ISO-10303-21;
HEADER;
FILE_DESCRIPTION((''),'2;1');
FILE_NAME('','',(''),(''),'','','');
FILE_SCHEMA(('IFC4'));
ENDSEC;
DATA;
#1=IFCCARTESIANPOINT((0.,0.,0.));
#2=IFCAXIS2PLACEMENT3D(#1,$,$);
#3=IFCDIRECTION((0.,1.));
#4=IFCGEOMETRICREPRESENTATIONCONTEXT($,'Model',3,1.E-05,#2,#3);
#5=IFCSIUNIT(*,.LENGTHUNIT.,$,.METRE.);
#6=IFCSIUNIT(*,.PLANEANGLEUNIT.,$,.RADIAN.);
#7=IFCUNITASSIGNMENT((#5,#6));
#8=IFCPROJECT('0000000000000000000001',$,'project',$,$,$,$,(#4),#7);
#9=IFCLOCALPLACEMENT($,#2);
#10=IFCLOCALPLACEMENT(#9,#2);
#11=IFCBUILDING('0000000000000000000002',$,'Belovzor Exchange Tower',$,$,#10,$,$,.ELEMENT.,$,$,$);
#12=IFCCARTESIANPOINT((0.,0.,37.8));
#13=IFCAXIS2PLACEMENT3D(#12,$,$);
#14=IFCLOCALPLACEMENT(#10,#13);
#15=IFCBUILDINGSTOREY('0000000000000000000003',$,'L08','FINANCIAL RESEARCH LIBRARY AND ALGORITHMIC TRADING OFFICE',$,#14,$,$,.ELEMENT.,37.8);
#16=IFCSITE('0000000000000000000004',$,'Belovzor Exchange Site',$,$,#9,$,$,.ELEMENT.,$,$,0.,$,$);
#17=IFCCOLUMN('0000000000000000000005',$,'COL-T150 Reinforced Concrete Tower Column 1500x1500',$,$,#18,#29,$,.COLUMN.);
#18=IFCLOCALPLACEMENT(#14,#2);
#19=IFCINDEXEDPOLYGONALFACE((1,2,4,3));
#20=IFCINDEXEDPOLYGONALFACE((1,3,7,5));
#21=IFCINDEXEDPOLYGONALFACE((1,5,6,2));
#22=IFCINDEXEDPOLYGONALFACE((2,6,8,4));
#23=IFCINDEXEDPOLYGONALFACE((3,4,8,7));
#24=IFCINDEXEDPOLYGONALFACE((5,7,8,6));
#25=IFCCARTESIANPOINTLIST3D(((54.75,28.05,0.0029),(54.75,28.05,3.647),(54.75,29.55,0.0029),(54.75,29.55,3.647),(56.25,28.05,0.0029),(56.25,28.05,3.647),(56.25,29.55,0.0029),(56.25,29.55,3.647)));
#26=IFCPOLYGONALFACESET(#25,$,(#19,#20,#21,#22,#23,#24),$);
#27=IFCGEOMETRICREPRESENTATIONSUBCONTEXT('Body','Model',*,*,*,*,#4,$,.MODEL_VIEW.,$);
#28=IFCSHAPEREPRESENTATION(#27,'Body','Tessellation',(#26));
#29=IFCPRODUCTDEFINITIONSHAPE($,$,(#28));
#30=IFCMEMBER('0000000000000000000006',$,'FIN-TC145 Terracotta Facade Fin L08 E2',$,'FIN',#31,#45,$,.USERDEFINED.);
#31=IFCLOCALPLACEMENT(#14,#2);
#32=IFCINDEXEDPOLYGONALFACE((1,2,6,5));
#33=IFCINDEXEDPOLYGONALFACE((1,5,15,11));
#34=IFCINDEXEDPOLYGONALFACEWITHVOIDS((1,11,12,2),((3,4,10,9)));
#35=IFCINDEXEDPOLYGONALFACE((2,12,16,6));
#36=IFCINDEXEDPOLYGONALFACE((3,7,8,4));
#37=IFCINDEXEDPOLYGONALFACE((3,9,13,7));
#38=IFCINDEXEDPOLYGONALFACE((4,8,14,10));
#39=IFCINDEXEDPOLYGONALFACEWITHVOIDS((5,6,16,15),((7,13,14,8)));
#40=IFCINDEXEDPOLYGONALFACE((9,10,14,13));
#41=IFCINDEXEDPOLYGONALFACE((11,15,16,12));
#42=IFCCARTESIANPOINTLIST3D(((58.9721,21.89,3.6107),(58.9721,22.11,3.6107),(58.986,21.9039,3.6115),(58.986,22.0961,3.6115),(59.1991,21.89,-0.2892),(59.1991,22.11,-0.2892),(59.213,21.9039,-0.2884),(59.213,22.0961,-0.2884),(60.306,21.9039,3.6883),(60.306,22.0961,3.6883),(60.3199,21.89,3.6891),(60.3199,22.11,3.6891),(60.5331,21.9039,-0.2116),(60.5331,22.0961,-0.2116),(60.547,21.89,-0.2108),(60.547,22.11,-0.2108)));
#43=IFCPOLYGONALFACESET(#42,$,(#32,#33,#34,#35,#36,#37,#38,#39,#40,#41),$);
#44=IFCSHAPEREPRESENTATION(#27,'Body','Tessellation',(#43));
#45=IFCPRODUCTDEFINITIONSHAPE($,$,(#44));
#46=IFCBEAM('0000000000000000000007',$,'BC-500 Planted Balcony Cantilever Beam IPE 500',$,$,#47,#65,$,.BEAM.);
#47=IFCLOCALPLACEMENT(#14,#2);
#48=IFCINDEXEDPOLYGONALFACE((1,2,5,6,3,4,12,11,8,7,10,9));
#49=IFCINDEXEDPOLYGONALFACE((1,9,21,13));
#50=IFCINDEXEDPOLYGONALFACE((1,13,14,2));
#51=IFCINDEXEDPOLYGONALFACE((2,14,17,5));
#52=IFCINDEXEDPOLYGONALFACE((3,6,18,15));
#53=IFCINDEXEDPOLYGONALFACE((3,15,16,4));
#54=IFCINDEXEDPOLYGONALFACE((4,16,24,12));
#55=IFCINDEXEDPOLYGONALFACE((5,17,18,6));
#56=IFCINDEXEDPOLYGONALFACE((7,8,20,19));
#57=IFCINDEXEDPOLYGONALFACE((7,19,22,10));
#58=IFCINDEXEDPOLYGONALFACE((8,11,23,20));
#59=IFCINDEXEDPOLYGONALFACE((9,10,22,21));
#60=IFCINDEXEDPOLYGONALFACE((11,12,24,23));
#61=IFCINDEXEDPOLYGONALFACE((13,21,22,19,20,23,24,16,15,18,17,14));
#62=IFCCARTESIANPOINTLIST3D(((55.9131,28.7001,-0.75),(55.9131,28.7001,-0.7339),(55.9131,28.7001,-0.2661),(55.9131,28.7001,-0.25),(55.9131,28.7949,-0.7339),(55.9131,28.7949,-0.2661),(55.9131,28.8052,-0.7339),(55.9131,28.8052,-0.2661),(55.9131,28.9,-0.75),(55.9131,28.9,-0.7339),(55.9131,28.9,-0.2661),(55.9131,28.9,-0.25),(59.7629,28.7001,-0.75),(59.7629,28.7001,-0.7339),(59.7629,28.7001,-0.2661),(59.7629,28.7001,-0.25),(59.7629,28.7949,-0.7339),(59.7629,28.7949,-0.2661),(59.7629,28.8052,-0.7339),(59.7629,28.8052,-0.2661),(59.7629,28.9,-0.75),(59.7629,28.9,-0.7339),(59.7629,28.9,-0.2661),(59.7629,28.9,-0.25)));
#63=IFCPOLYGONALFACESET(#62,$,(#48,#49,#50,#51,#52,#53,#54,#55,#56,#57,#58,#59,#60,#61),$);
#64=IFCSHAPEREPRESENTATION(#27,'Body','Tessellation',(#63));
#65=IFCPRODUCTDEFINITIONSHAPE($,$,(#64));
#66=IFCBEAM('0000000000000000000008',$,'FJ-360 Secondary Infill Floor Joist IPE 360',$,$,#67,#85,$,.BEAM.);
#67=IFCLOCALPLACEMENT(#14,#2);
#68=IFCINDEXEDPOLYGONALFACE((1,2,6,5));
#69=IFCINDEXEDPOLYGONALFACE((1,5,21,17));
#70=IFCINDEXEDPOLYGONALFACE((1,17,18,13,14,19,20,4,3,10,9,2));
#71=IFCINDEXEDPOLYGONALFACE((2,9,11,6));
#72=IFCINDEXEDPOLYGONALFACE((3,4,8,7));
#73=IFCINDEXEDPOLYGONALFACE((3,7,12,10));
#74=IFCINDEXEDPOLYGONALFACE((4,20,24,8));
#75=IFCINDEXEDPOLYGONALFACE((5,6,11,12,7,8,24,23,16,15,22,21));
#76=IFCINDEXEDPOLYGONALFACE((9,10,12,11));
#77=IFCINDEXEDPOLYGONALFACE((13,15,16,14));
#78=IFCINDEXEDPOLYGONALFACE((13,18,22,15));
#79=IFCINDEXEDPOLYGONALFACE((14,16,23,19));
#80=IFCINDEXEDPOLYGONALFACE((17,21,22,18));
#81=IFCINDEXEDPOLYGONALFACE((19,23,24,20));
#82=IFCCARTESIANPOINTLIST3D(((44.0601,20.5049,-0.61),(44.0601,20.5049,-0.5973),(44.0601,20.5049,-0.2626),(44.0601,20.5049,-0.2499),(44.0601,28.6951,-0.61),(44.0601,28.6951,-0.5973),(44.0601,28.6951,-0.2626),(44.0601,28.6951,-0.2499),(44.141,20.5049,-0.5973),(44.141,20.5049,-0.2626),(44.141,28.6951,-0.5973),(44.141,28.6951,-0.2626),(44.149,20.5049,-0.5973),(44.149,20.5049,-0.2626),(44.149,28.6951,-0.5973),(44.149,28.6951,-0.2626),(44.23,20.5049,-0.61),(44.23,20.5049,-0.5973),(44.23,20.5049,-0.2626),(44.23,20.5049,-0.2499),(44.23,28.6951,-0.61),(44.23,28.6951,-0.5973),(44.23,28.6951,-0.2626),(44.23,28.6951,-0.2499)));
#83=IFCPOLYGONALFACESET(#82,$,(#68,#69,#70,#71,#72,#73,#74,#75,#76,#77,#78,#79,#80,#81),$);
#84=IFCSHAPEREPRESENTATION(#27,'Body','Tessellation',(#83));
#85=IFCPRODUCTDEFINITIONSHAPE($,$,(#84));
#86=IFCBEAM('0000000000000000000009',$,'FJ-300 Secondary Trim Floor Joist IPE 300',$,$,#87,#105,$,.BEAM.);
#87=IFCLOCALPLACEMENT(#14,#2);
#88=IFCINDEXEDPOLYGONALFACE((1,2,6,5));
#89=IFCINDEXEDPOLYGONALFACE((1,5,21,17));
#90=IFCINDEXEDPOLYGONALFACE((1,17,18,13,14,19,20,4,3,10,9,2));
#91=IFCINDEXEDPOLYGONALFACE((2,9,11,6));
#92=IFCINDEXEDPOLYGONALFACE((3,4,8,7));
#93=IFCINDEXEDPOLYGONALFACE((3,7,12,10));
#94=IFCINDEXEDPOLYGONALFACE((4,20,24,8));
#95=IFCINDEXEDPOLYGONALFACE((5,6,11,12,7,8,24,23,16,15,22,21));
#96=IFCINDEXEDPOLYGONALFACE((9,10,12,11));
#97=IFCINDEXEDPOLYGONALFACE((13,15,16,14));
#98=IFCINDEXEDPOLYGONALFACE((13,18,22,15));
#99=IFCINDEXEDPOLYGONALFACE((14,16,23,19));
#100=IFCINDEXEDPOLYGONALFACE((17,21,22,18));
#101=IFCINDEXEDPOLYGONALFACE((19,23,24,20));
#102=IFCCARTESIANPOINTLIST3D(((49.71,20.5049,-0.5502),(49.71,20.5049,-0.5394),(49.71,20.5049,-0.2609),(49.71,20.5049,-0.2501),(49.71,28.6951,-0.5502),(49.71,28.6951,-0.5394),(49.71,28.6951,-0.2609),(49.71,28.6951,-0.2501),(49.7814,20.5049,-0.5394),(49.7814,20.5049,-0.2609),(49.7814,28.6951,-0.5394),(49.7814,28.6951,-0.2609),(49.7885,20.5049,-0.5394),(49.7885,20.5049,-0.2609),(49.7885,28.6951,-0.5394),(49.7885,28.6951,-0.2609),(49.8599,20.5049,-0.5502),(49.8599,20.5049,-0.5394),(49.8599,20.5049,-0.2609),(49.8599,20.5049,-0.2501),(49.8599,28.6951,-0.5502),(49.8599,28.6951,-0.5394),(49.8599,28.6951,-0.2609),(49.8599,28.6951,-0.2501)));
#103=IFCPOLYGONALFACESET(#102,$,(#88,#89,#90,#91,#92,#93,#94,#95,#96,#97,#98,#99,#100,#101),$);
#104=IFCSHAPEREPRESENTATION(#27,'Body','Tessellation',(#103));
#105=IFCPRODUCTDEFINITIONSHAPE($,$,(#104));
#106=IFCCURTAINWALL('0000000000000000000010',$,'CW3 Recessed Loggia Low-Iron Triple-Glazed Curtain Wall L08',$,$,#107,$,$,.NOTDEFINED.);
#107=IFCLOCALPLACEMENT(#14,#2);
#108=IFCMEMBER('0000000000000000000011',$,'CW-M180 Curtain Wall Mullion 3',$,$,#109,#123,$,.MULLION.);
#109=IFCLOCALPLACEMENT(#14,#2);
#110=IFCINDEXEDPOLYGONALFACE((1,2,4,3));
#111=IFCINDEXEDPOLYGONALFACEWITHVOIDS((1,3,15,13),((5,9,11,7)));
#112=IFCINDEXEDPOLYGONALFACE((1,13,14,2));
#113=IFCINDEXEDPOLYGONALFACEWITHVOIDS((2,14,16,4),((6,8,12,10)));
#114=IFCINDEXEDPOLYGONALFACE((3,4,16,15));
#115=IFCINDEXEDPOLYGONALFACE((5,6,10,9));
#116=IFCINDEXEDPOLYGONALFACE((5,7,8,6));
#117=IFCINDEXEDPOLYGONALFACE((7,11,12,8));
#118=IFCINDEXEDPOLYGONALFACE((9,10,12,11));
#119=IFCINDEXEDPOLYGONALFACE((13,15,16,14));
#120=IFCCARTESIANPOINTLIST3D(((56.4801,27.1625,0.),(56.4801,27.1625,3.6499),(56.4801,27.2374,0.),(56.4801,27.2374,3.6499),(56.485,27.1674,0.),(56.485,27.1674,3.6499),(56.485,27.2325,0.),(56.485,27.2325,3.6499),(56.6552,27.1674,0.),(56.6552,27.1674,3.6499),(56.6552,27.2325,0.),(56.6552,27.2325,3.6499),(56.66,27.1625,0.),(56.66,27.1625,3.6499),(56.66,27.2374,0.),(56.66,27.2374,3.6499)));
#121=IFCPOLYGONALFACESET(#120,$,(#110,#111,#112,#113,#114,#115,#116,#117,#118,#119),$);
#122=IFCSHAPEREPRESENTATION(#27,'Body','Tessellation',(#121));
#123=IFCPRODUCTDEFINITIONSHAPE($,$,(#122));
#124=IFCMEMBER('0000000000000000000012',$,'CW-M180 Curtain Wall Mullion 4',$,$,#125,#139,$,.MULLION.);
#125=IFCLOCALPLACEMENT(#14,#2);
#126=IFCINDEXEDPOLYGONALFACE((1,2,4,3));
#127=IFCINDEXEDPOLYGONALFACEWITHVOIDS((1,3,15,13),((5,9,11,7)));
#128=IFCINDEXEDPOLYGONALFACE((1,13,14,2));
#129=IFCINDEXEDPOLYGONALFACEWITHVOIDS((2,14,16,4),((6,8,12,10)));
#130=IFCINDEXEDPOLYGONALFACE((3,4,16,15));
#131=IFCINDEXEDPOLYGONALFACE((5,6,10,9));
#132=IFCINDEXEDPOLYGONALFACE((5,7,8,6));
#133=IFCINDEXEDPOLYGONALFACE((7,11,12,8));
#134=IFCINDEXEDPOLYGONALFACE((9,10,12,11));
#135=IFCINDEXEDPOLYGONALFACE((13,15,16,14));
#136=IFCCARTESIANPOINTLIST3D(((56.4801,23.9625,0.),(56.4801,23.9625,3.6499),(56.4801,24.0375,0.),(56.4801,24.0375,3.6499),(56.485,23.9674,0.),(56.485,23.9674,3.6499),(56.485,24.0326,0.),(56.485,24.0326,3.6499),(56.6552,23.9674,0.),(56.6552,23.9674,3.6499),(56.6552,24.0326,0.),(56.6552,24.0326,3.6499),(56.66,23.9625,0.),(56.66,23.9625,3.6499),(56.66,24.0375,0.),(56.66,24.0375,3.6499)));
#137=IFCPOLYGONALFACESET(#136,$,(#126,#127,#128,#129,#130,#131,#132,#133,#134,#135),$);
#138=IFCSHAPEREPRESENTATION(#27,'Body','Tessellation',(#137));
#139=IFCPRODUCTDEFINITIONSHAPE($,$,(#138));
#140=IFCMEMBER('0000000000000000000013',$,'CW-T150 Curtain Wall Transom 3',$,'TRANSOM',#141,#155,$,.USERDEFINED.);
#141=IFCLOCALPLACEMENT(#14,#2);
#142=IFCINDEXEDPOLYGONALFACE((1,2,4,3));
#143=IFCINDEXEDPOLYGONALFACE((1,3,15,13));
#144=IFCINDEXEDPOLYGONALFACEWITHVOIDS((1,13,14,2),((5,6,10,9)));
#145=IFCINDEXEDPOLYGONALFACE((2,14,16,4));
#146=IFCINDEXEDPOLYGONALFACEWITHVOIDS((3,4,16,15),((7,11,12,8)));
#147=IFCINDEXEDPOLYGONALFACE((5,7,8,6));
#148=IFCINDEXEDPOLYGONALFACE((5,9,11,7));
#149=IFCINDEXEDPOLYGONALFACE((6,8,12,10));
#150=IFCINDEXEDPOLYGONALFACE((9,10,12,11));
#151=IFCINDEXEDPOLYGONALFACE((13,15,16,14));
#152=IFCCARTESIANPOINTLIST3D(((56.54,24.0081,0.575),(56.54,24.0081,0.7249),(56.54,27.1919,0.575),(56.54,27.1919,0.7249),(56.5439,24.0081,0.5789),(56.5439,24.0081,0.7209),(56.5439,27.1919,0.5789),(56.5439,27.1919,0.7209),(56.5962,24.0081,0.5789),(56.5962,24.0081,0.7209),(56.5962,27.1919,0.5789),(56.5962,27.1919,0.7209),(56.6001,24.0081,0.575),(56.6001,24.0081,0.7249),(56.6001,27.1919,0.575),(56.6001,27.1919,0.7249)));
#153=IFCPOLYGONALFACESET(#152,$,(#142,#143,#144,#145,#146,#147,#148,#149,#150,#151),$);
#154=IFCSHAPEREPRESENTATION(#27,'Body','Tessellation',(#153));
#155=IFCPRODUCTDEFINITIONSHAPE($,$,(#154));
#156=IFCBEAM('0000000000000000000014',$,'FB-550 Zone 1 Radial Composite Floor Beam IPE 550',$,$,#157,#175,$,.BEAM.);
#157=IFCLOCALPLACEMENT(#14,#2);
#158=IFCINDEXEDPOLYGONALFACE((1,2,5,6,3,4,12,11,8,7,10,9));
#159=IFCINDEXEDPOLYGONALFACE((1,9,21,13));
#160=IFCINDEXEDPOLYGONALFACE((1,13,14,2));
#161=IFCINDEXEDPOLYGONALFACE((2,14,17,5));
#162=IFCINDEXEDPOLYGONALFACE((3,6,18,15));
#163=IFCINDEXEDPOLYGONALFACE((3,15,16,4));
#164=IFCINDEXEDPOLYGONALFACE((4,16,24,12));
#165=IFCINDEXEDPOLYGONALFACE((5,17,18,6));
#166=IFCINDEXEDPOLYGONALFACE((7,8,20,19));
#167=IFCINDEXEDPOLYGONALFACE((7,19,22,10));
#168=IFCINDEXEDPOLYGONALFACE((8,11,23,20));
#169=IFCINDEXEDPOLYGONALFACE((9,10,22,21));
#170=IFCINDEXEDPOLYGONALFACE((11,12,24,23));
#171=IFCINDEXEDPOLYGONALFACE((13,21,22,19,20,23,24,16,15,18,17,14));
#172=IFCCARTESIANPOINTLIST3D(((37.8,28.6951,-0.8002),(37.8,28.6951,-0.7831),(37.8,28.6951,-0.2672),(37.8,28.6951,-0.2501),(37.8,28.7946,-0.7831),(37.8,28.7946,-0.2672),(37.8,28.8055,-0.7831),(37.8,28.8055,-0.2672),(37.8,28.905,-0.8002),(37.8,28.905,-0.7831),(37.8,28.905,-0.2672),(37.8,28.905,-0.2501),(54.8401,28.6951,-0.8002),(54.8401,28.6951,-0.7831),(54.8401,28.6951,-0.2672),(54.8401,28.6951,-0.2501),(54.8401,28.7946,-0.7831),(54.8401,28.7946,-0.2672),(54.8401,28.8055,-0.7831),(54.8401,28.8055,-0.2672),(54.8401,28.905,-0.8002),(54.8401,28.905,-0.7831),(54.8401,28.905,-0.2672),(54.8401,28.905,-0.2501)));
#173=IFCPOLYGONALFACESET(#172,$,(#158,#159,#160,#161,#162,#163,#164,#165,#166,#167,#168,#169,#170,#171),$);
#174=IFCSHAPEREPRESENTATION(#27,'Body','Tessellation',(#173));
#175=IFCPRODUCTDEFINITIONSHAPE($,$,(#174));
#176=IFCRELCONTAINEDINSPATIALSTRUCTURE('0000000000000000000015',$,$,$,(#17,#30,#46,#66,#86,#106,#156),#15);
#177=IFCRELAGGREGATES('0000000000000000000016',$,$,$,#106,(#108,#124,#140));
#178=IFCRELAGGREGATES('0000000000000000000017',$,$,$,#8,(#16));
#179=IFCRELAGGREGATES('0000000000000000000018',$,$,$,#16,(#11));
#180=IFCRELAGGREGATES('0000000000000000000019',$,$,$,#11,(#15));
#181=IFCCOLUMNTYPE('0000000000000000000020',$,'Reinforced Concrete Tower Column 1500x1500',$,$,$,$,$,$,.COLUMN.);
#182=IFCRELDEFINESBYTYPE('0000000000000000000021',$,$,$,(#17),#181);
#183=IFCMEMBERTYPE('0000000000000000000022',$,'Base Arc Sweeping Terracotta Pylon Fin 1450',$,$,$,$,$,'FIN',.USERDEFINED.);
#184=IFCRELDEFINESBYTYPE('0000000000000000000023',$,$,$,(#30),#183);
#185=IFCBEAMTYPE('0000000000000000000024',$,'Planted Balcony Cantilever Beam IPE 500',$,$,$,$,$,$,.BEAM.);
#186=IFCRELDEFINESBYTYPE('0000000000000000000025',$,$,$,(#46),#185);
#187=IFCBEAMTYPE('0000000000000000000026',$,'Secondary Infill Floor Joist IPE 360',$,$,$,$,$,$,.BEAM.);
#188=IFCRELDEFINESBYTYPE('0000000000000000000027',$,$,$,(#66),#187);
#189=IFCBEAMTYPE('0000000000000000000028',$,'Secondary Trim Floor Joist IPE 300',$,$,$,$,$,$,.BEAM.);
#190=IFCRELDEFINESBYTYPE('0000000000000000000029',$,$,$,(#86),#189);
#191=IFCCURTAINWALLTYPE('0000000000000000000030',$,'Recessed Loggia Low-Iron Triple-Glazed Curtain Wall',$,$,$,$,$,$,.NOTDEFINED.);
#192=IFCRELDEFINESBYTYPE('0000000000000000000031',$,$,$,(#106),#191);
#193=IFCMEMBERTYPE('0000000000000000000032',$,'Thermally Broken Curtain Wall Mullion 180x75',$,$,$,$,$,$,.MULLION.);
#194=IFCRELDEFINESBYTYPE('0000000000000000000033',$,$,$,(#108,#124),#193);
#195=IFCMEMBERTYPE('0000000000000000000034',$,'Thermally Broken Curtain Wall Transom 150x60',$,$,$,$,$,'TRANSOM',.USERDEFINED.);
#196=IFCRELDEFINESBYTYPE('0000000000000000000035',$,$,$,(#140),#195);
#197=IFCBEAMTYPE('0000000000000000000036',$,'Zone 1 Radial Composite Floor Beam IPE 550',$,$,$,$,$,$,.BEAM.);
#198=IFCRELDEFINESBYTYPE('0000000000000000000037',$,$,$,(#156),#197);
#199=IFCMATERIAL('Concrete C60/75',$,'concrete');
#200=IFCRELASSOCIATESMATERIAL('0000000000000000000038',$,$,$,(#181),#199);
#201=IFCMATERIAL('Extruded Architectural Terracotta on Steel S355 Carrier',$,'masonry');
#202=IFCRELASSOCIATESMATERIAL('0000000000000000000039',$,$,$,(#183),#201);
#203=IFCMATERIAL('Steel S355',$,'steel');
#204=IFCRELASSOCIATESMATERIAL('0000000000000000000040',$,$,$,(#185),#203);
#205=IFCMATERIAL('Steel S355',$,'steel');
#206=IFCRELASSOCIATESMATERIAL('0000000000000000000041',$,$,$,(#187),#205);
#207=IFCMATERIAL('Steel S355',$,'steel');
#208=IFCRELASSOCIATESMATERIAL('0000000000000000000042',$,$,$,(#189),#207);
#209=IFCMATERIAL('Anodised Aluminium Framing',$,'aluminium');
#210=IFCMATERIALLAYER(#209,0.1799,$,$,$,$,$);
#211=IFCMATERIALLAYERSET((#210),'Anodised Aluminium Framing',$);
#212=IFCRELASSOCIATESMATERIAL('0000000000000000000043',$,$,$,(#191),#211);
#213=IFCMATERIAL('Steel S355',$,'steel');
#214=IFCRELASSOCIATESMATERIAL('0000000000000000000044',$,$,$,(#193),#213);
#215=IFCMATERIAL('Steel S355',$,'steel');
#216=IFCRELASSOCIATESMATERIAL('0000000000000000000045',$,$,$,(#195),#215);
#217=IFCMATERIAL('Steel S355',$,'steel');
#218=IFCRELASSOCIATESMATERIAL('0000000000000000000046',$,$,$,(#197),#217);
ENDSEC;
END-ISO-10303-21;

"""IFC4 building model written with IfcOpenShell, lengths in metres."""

from ifc_helpers import new_model, si_unit, direction, frame, origin, origin_2d, place, context, subcontext, project, spatial, rectangle, hollow_rectangle, i_section, extrude, material, layer, layer_set, material_profile, profile_set, type_object, element, aggregate, save


model = new_model("IFC4")

# Units and contexts
model_context = context("Model", 3, precision=1e-05, world=origin(), true_north=direction((0.0, 1.0)))
body_context = subcontext(model_context, "Body", "Model", "MODEL_VIEW")
ifc_project = project(units=[si_unit("LENGTHUNIT", "METRE"), si_unit("PLANEANGLEUNIT", "RADIAN")], contexts=[model_context])

# Site, building, storey
site_placement = place(None, origin())
site = spatial("IfcSite", under=ifc_project, at=site_placement, Name="Belovzor Exchange Site", CompositionType="ELEMENT", RefElevation=0.0)
building_placement = place(site_placement, origin())
building = spatial("IfcBuilding", under=site, at=building_placement, Name="Belovzor Exchange Tower", CompositionType="ELEMENT")
storey_placement = place(building_placement, frame((0.0, 0.0, 37.8)))
storey = spatial("IfcBuildingStorey", under=building, at=storey_placement, Name="L08", Description="FINANCIAL RESEARCH LIBRARY AND ALGORITHMIC TRADING OFFICE", CompositionType="ELEMENT", Elevation=37.8)

# Column
ifc_material_1 = material(Name="Concrete C60/75", Category="concrete")
ifc_material_profile_1 = material_profile(ifc_material_1, rectangle(XDim=1.5, YDim=1.5, at=origin_2d()))
ifc_profile_set_1 = profile_set([ifc_material_profile_1], Name="Concrete C60/75")
column_type = type_object("IfcColumnType", Name="Reinforced Concrete Tower Column 1500x1500", PredefinedType="COLUMN", material=ifc_profile_set_1)
column_placement = place(storey_placement, frame((55.5, 28.8, 0.0029), z_axis=(0.0, 0.0, 1.0), x_axis=(1.0, 0.0, 0.0)))
element("IfcColumn", 1, at=column_placement, inside=storey, type_object=column_type, Name="COL-T150 Reinforced Concrete Tower Column 1500x1500", PredefinedType="COLUMN", context=body_context, shape_type="SweptSolid", body=[
    extrude(rectangle(XDim=1.5, YDim=1.5, at=origin_2d()), origin(), (0.0, 0.0, 1.0), 3.644),
])

# Member
ifc_material_2 = material(Name="Extruded Architectural Terracotta on Steel S355 Carrier", Category="masonry")
ifc_material_profile_2 = material_profile(ifc_material_2, hollow_rectangle(XDim=0.22, YDim=1.3501, WallThickness=0.0139, at=origin_2d()))
ifc_profile_set_2 = profile_set([ifc_material_profile_2], Name="Extruded Architectural Terracotta on Steel S355 Carrier")
member_type_1 = type_object("IfcMemberType", Name="Base Arc Sweeping Terracotta Pylon Fin 1450", ElementType="FIN", PredefinedType="USERDEFINED", material=ifc_profile_set_2)
member_1_placement = place(storey_placement, frame((59.873, 22.0, -0.25), z_axis=(-0.058121, 0.0, 0.99831), x_axis=(0.0, -1.0, 0.0)))
element("IfcMember", 2, at=member_1_placement, inside=storey, type_object=member_type_1, Name="FIN-TC145 Terracotta Facade Fin L08 E2", ObjectType="FIN", PredefinedType="USERDEFINED", context=body_context, shape_type="SweptSolid", body=[
    extrude(hollow_rectangle(XDim=0.22, YDim=1.3501, WallThickness=0.0139, at=origin_2d()), origin(), (0.0, 0.0, 1.0), 3.9065),
])

# Beams
ifc_material_3 = material(Name="Steel S355", Category="steel")
ifc_material_profile_3 = material_profile(ifc_material_3, i_section(OverallWidth=0.2, OverallDepth=0.5, WebThickness=0.0103, FlangeThickness=0.0161, at=origin_2d()))
ifc_profile_set_3 = profile_set([ifc_material_profile_3], Name="Steel S355")
beam_type_1 = type_object("IfcBeamType", Name="Planted Balcony Cantilever Beam IPE 500", PredefinedType="BEAM", material=ifc_profile_set_3)
beam_1_placement = place(storey_placement, frame((55.9131, 28.8, -0.5), z_axis=(1.0, 0.0, 0.0), x_axis=(0.0, 1.0, 0.0)))
element("IfcBeam", 3, at=beam_1_placement, inside=storey, type_object=beam_type_1, Name="BC-500 Planted Balcony Cantilever Beam IPE 500", PredefinedType="BEAM", context=body_context, shape_type="SweptSolid", body=[
    extrude(i_section(OverallWidth=0.2, OverallDepth=0.5, WebThickness=0.0103, FlangeThickness=0.0161, at=origin_2d()), origin(), (0.0, 0.0, 1.0), 3.8499),
])
ifc_material_4 = material(Name="Steel S355", Category="steel")
ifc_material_profile_4 = material_profile(ifc_material_4, i_section(OverallWidth=0.1699, OverallDepth=0.3601, WebThickness=0.0081, FlangeThickness=0.0127, at=origin_2d()))
ifc_profile_set_4 = profile_set([ifc_material_profile_4], Name="Steel S355")
beam_type_2 = type_object("IfcBeamType", Name="Secondary Infill Floor Joist IPE 360", PredefinedType="BEAM", material=ifc_profile_set_4)
beam_2_placement = place(storey_placement, frame((44.145, 20.5049, -0.4299), z_axis=(0.0, 1.0, 0.0), x_axis=(-1.0, 0.0, 0.0)))
element("IfcBeam", 4, at=beam_2_placement, inside=storey, type_object=beam_type_2, Name="FJ-360 Secondary Infill Floor Joist IPE 360", PredefinedType="BEAM", context=body_context, shape_type="SweptSolid", body=[
    extrude(i_section(OverallWidth=0.1699, OverallDepth=0.3601, WebThickness=0.0081, FlangeThickness=0.0127, at=origin_2d()), origin(), (0.0, 0.0, 1.0), 8.1902),
])
ifc_material_5 = material(Name="Steel S355", Category="steel")
ifc_material_profile_5 = material_profile(ifc_material_5, i_section(OverallWidth=0.1499, OverallDepth=0.3, WebThickness=0.0071, FlangeThickness=0.0107, at=origin_2d()))
ifc_profile_set_5 = profile_set([ifc_material_profile_5], Name="Steel S355")
beam_type_3 = type_object("IfcBeamType", Name="Secondary Trim Floor Joist IPE 300", PredefinedType="BEAM", material=ifc_profile_set_5)
beam_3_placement = place(storey_placement, frame((49.7849, 20.5049, -0.4001), z_axis=(0.0, 1.0, 0.0), x_axis=(-1.0, 0.0, 0.0)))
element("IfcBeam", 5, at=beam_3_placement, inside=storey, type_object=beam_type_3, Name="FJ-300 Secondary Trim Floor Joist IPE 300", PredefinedType="BEAM", context=body_context, shape_type="SweptSolid", body=[
    extrude(i_section(OverallWidth=0.1499, OverallDepth=0.3, WebThickness=0.0071, FlangeThickness=0.0107, at=origin_2d()), origin(), (0.0, 0.0, 1.0), 8.1902),
])

# Curtain wall, members
ifc_material_6 = material(Name="Anodised Aluminium Framing", Category="aluminium")
ifc_layer_1 = layer(ifc_material_6, 0.1799)
ifc_layer_set_1 = layer_set([ifc_layer_1], Name="Anodised Aluminium Framing")
curtain_wall_type = type_object("IfcCurtainWallType", Name="Recessed Loggia Low-Iron Triple-Glazed Curtain Wall", PredefinedType="NOTDEFINED", material=ifc_layer_set_1)
curtain_wall_placement = place(storey_placement, origin())
curtain_wall = element("IfcCurtainWall", 6, at=curtain_wall_placement, inside=storey, type_object=curtain_wall_type, Name="CW3 Recessed Loggia Low-Iron Triple-Glazed Curtain Wall L08", PredefinedType="NOTDEFINED")
ifc_material_7 = material(Name="Steel S355", Category="steel")
ifc_material_profile_6 = material_profile(ifc_material_7, hollow_rectangle(XDim=0.075, YDim=0.1799, WallThickness=0.0049, at=origin_2d()))
ifc_profile_set_6 = profile_set([ifc_material_profile_6], Name="Steel S355")
member_type_2 = type_object("IfcMemberType", Name="Thermally Broken Curtain Wall Mullion 180x75", PredefinedType="MULLION", material=ifc_profile_set_6)
member_2_placement = place(storey_placement, frame((56.5701, 27.2, 0.0), z_axis=(0.0, 0.0, 1.0), x_axis=(0.0, -1.0, 0.0)))
member_2 = element("IfcMember", 7, at=member_2_placement, type_object=member_type_2, Name="CW-M180 Curtain Wall Mullion 3", PredefinedType="MULLION", context=body_context, shape_type="SweptSolid", body=[
    extrude(hollow_rectangle(XDim=0.075, YDim=0.1799, WallThickness=0.0049, at=origin_2d()), origin(), (0.0, 0.0, 1.0), 3.6499),
])
member_3_placement = place(storey_placement, frame((56.5701, 24.0, 0.0), z_axis=(0.0, 0.0, 1.0), x_axis=(0.0, -1.0, 0.0)))
member_3 = element("IfcMember", 8, at=member_3_placement, type_object=member_type_2, Name="CW-M180 Curtain Wall Mullion 4", PredefinedType="MULLION", context=body_context, shape_type="SweptSolid", body=[
    extrude(hollow_rectangle(XDim=0.075, YDim=0.1799, WallThickness=0.0049, at=origin_2d()), origin(), (0.0, 0.0, 1.0), 3.6499),
])
ifc_material_8 = material(Name="Steel S355", Category="steel")
ifc_material_profile_7 = material_profile(ifc_material_8, hollow_rectangle(XDim=0.0601, YDim=0.1499, WallThickness=0.0039, at=origin_2d()))
ifc_profile_set_7 = profile_set([ifc_material_profile_7], Name="Steel S355")
member_type_3 = type_object("IfcMemberType", Name="Thermally Broken Curtain Wall Transom 150x60", ElementType="TRANSOM", PredefinedType="USERDEFINED", material=ifc_profile_set_7)
member_4_placement = place(storey_placement, frame((56.5701, 27.1919, 0.6499), z_axis=(0.0, -1.0, 0.0), x_axis=(1.0, 0.0, 0.0)))
member_4 = element("IfcMember", 9, at=member_4_placement, type_object=member_type_3, Name="CW-T150 Curtain Wall Transom 3", ObjectType="TRANSOM", PredefinedType="USERDEFINED", context=body_context, shape_type="SweptSolid", body=[
    extrude(hollow_rectangle(XDim=0.0601, YDim=0.1499, WallThickness=0.0039, at=origin_2d()), origin(), (0.0, 0.0, 1.0), 3.1838),
])

# Beam
ifc_material_9 = material(Name="Steel S355", Category="steel")
ifc_material_profile_8 = material_profile(ifc_material_9, i_section(OverallWidth=0.21, OverallDepth=0.55, WebThickness=0.011, FlangeThickness=0.0171, at=origin_2d()))
ifc_profile_set_8 = profile_set([ifc_material_profile_8], Name="Steel S355")
beam_type_4 = type_object("IfcBeamType", Name="Zone 1 Radial Composite Floor Beam IPE 550", PredefinedType="BEAM", material=ifc_profile_set_8)
beam_4_placement = place(storey_placement, frame((37.8, 28.8, -0.5251), z_axis=(1.0, 0.0, 0.0), x_axis=(0.0, 1.0, 0.0)))
element("IfcBeam", 10, at=beam_4_placement, inside=storey, type_object=beam_type_4, Name="FB-550 Zone 1 Radial Composite Floor Beam IPE 550", PredefinedType="BEAM", context=body_context, shape_type="SweptSolid", body=[
    extrude(i_section(OverallWidth=0.21, OverallDepth=0.55, WebThickness=0.011, FlangeThickness=0.0171, at=origin_2d()), origin(), (0.0, 0.0, 1.0), 17.04),
])

aggregate(curtain_wall, [member_2, member_3, member_4])

save(model, "model.ifc")
